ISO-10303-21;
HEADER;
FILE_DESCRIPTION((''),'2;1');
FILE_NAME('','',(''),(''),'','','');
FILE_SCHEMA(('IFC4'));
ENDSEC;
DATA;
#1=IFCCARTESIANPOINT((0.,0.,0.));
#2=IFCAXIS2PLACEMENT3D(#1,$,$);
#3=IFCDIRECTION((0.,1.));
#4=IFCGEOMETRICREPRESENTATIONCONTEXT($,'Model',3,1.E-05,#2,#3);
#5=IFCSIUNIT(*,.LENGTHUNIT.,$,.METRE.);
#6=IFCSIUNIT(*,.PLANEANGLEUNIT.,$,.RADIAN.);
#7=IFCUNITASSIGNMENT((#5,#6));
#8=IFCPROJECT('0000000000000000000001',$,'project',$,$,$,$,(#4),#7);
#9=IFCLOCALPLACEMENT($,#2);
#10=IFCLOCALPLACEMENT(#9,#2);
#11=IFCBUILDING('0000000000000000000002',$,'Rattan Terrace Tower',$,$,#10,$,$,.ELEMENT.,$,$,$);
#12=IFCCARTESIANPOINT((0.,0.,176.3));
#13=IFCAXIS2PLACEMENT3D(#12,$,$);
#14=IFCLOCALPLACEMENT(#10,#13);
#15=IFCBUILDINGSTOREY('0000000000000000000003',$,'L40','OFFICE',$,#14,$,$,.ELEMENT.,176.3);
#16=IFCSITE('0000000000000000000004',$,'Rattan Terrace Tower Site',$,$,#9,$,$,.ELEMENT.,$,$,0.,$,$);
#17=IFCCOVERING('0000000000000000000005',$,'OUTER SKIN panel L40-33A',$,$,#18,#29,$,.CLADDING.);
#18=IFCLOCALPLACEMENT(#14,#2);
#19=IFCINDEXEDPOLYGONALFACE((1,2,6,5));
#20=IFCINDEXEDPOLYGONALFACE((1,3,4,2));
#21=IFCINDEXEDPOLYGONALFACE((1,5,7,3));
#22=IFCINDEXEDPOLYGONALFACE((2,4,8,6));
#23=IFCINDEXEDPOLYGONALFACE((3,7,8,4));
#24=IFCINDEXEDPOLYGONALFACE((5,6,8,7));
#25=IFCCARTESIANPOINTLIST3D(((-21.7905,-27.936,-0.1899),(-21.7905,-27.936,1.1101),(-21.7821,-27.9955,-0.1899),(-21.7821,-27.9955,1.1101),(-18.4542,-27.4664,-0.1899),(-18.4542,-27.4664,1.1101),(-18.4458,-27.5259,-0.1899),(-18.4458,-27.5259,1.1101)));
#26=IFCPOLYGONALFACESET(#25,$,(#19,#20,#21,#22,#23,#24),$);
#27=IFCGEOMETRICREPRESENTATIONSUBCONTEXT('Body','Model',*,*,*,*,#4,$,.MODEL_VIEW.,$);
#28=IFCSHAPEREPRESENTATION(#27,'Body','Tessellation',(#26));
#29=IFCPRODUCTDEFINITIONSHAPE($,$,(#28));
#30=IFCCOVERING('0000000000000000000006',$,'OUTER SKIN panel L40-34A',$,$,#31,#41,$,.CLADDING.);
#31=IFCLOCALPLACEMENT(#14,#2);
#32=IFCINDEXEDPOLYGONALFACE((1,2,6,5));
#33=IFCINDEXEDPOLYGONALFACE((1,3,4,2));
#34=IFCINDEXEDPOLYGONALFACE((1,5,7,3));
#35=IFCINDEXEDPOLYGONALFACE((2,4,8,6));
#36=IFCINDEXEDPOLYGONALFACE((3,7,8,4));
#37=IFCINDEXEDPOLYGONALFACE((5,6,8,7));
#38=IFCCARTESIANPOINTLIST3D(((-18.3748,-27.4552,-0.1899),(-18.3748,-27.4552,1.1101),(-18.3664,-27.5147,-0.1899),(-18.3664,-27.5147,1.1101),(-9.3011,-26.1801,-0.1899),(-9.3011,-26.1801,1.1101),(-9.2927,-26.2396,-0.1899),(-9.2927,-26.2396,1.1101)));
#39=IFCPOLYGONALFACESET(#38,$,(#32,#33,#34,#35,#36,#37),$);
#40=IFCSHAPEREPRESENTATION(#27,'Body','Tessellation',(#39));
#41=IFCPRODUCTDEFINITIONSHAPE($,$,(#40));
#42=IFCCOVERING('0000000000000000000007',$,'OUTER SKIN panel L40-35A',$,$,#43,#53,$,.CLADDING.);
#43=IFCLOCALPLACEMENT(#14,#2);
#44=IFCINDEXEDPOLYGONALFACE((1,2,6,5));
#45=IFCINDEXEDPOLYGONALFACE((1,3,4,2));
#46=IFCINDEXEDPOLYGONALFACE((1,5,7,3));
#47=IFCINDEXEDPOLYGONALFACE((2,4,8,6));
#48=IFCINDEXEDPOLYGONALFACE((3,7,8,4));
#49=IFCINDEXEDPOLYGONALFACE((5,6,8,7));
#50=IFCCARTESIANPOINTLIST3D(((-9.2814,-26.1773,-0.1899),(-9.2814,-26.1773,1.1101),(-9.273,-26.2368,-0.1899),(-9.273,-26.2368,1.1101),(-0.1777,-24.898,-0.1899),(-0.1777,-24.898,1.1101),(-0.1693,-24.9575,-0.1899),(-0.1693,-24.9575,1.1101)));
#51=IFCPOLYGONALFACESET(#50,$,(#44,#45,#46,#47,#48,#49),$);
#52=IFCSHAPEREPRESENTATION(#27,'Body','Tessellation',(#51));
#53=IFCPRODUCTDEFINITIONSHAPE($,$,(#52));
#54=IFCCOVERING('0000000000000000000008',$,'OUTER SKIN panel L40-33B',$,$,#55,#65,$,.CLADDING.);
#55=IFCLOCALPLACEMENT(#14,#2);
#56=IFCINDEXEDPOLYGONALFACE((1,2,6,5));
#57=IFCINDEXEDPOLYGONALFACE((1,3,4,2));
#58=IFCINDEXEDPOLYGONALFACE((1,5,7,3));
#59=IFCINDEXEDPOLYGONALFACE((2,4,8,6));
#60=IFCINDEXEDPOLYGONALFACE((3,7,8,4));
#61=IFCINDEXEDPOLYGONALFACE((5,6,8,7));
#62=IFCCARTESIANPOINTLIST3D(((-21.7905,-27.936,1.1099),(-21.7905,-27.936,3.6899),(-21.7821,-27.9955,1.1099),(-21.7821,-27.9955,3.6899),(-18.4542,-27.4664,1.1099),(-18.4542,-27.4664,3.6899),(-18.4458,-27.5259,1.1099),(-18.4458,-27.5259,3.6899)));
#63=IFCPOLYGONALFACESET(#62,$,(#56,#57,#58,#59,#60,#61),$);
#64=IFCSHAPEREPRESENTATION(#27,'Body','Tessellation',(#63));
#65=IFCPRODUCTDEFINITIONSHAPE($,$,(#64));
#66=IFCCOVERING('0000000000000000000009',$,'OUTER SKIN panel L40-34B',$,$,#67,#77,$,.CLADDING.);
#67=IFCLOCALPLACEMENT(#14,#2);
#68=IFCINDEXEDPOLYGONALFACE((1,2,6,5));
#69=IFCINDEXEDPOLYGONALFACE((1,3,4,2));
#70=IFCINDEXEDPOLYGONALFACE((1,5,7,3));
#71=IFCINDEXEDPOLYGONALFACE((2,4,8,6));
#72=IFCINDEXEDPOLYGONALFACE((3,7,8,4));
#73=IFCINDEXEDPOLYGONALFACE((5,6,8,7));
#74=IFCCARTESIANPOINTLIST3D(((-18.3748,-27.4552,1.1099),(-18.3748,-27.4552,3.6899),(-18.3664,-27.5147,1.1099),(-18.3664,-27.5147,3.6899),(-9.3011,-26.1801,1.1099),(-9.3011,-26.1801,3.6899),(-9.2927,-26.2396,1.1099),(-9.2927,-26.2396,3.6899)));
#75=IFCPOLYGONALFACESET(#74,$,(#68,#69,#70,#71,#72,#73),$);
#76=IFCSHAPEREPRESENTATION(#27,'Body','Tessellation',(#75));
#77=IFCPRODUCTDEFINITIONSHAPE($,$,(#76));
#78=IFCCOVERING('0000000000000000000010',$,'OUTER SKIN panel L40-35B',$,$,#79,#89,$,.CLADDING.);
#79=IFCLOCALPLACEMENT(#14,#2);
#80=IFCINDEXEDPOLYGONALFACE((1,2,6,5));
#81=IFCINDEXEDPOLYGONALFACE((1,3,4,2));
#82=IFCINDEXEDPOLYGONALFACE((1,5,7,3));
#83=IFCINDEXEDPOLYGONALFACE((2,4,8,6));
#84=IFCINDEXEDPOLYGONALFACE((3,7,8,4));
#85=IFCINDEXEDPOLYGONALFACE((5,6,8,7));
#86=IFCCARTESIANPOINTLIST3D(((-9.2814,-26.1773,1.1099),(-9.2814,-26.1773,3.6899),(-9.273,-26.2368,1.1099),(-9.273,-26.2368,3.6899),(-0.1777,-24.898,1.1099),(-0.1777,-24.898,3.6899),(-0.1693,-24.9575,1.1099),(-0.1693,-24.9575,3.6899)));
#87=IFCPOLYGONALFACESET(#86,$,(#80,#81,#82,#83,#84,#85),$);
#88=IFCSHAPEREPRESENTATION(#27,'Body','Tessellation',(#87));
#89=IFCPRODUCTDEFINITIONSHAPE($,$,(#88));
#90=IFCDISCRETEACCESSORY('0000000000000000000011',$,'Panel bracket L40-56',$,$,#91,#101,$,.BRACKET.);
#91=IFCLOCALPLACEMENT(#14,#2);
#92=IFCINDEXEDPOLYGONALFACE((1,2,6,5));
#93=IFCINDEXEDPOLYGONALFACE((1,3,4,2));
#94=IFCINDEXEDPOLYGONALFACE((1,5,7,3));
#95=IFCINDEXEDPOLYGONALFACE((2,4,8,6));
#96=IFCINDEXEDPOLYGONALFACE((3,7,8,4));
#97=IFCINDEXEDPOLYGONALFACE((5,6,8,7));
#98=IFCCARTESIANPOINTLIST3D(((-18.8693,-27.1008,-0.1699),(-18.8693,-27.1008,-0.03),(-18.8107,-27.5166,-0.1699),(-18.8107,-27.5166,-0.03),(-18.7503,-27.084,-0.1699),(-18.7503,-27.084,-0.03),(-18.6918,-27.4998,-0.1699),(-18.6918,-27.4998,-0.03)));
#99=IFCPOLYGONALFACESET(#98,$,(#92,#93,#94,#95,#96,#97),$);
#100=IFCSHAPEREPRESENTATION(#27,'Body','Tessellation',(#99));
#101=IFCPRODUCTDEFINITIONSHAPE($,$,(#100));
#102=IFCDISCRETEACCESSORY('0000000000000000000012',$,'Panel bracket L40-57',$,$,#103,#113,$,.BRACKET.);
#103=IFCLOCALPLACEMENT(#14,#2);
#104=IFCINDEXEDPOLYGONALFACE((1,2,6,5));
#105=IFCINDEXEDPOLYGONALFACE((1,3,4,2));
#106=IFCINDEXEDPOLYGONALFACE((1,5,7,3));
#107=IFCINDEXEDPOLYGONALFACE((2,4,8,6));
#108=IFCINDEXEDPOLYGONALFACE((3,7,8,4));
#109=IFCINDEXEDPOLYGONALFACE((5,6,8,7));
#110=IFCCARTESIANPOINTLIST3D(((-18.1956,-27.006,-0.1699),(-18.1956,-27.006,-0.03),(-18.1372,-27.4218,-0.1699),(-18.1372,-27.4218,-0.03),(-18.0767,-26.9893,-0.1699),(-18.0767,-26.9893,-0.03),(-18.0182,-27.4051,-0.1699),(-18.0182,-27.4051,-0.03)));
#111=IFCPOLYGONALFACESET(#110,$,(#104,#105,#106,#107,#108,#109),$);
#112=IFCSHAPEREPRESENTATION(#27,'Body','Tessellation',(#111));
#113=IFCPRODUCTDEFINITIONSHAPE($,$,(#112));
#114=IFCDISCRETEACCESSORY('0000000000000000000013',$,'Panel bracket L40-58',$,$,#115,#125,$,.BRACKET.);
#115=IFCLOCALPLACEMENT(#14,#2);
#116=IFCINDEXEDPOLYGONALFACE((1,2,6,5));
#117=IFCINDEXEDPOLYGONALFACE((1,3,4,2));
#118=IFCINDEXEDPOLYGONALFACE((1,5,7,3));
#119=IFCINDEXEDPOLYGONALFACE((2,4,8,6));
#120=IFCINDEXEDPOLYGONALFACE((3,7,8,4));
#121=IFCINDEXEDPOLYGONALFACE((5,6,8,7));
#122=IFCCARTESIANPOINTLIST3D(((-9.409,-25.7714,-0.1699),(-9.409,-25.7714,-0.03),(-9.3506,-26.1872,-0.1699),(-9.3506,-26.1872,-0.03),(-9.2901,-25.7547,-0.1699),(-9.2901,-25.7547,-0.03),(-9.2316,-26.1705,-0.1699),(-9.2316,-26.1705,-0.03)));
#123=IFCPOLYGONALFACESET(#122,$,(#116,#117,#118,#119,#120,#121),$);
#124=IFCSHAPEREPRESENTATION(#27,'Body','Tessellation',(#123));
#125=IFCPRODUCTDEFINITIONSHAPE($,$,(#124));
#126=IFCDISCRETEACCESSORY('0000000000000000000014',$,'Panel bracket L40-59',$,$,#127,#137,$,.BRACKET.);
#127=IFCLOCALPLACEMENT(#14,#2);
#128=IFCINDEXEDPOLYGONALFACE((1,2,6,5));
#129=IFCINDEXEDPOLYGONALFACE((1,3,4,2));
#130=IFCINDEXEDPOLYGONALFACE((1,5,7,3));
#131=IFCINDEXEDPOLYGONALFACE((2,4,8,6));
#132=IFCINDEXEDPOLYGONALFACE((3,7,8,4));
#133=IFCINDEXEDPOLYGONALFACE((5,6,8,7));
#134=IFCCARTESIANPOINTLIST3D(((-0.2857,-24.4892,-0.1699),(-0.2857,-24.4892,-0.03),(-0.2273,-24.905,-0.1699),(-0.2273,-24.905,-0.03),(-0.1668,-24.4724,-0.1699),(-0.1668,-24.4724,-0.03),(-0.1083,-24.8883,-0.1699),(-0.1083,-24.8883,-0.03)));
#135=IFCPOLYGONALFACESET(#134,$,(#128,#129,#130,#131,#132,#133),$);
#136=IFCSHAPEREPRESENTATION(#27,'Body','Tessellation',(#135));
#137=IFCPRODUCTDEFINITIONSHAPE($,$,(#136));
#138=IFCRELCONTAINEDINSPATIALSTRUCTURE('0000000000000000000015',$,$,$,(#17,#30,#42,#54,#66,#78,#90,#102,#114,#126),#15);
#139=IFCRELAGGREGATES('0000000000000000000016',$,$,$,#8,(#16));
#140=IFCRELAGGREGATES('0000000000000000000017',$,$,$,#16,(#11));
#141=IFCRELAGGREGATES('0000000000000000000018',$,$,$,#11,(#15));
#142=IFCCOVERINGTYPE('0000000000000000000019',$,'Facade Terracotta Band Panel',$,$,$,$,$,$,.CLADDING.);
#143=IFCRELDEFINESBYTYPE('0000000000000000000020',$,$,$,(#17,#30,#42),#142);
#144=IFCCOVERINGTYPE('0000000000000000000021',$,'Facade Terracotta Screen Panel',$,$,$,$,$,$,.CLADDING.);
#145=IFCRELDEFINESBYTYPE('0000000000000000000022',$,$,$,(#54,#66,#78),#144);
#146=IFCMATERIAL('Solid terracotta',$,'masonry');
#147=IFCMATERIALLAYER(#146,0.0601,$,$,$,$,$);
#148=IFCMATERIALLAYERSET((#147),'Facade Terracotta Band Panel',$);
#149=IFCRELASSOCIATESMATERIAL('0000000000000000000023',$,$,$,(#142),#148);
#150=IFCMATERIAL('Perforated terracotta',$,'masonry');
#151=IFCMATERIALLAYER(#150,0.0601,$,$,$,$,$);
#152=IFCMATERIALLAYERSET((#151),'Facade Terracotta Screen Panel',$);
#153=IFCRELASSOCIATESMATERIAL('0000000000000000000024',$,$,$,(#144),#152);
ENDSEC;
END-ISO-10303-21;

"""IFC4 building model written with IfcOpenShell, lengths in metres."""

from ifc_helpers import new_model, si_unit, direction, frame, origin, origin_2d, place, context, subcontext, project, spatial, rectangle, extrude, material, layer, layer_set, type_object, element, save


model = new_model("IFC4")

# Units and contexts
model_context = context("Model", 3, precision=1e-05, world=origin(), true_north=direction((0.0, 1.0)))
body_context = subcontext(model_context, "Body", "Model", "MODEL_VIEW")
ifc_project = project(units=[si_unit("LENGTHUNIT", "METRE"), si_unit("PLANEANGLEUNIT", "RADIAN")], contexts=[model_context])

# Site, building, storey
site_placement = place(None, origin())
site = spatial("IfcSite", under=ifc_project, at=site_placement, Name="Rattan Terrace Tower Site", CompositionType="ELEMENT", RefElevation=0.0)
building_placement = place(site_placement, origin())
building = spatial("IfcBuilding", under=site, at=building_placement, Name="Rattan Terrace Tower", CompositionType="ELEMENT")
storey_placement = place(building_placement, frame((0.0, 0.0, 176.3)))
storey = spatial("IfcBuildingStorey", under=building, at=storey_placement, Name="L40", Description="OFFICE", CompositionType="ELEMENT", Elevation=176.3)

# Coverings
ifc_material_1 = material(Name="Solid terracotta", Category="masonry")
ifc_layer_1 = layer(ifc_material_1, 0.0601)
ifc_layer_set_1 = layer_set([ifc_layer_1], Name="Facade Terracotta Band Panel")
covering_type_1 = type_object("IfcCoveringType", Name="Facade Terracotta Band Panel", PredefinedType="CLADDING", material=ifc_layer_set_1)
covering_1_placement = place(storey_placement, frame((-20.1182, -27.731, -0.1899), z_axis=(0.0, 0.0, 1.0), x_axis=(0.990241, 0.139367, 0.0)))
element("IfcCovering", 1, at=covering_1_placement, inside=storey, type_object=covering_type_1, Name="OUTER SKIN panel L40-33A", PredefinedType="CLADDING", context=body_context, shape_type="SweptSolid", body=[
    extrude(rectangle(XDim=3.3691, YDim=0.0601, at=origin_2d()), origin(), (0.0, 0.0, 1.0), 1.3),
])
covering_2_placement = place(storey_placement, frame((-13.8337, -26.8474, -0.1899), z_axis=(0.0, 0.0, 1.0), x_axis=(0.99027, 0.139161, 0.0)))
element("IfcCovering", 2, at=covering_2_placement, inside=storey, type_object=covering_type_1, Name="OUTER SKIN panel L40-34A", PredefinedType="CLADDING", context=body_context, shape_type="SweptSolid", body=[
    extrude(rectangle(XDim=9.1628, YDim=0.0601, at=origin_2d()), origin(), (0.0, 0.0, 1.0), 1.3),
])
covering_3_placement = place(storey_placement, frame((-4.7253, -25.5674, -0.1899), z_axis=(0.0, 0.0, 1.0), x_axis=(0.99027, 0.139161, 0.0)))
element("IfcCovering", 3, at=covering_3_placement, inside=storey, type_object=covering_type_1, Name="OUTER SKIN panel L40-35A", PredefinedType="CLADDING", context=body_context, shape_type="SweptSolid", body=[
    extrude(rectangle(XDim=9.1931, YDim=0.0601, at=origin_2d()), origin(), (0.0, 0.0, 1.0), 1.3),
])
ifc_material_2 = material(Name="Perforated terracotta", Category="masonry")
ifc_layer_2 = layer(ifc_material_2, 0.0601)
ifc_layer_set_2 = layer_set([ifc_layer_2], Name="Facade Terracotta Screen Panel")
covering_type_2 = type_object("IfcCoveringType", Name="Facade Terracotta Screen Panel", PredefinedType="CLADDING", material=ifc_layer_set_2)
covering_4_placement = place(storey_placement, frame((-20.1182, -27.731, 1.1099), z_axis=(0.0, 0.0, 1.0), x_axis=(0.990241, 0.139367, 0.0)))
element("IfcCovering", 4, at=covering_4_placement, inside=storey, type_object=covering_type_2, Name="OUTER SKIN panel L40-33B", PredefinedType="CLADDING", context=body_context, shape_type="SweptSolid", body=[
    extrude(rectangle(XDim=3.3691, YDim=0.0601, at=origin_2d()), origin(), (0.0, 0.0, 1.0), 2.5801),
])
covering_5_placement = place(storey_placement, frame((-13.8337, -26.8474, 1.1099), z_axis=(0.0, 0.0, 1.0), x_axis=(0.99027, 0.139161, 0.0)))
element("IfcCovering", 5, at=covering_5_placement, inside=storey, type_object=covering_type_2, Name="OUTER SKIN panel L40-34B", PredefinedType="CLADDING", context=body_context, shape_type="SweptSolid", body=[
    extrude(rectangle(XDim=9.1628, YDim=0.0601, at=origin_2d()), origin(), (0.0, 0.0, 1.0), 2.5801),
])
covering_6_placement = place(storey_placement, frame((-4.7253, -25.5674, 1.1099), z_axis=(0.0, 0.0, 1.0), x_axis=(0.99027, 0.139161, 0.0)))
element("IfcCovering", 6, at=covering_6_placement, inside=storey, type_object=covering_type_2, Name="OUTER SKIN panel L40-35B", PredefinedType="CLADDING", context=body_context, shape_type="SweptSolid", body=[
    extrude(rectangle(XDim=9.1931, YDim=0.0601, at=origin_2d()), origin(), (0.0, 0.0, 1.0), 2.5801),
])

# Discrete accessories
for number, where, z_axis, x_axis, name in (
    (7, (-18.7805, -27.3003, -0.1699), (0.0, 0.0, 1.0), (0.990241, 0.139367, 0.0), "Panel bracket L40-56"),
    (8, (-18.1069, -27.2056, -0.1699), (0.0, 0.0, 1.0), (0.99027, 0.139161, 0.0), "Panel bracket L40-57"),
    (9, (-9.3203, -25.9709, -0.1699), (0.0, 0.0, 1.0), (0.99027, 0.139161, 0.0), "Panel bracket L40-58"),
    (10, (-0.197, -24.6887, -0.1699), (0.0, 0.0, 1.0), (0.99027, 0.139161, 0.0), "Panel bracket L40-59"),
):
    element("IfcDiscreteAccessory", number, at=place(storey_placement, frame(where, z_axis=z_axis, x_axis=x_axis)), inside=storey, Name=name, PredefinedType="BRACKET", context=body_context, shape_type="SweptSolid", body=[
        extrude(rectangle(XDim=0.1201, YDim=0.4199, at=origin_2d()), origin(), (0.0, 0.0, 1.0), 0.1399),
    ])

save(model, "model.ifc")
